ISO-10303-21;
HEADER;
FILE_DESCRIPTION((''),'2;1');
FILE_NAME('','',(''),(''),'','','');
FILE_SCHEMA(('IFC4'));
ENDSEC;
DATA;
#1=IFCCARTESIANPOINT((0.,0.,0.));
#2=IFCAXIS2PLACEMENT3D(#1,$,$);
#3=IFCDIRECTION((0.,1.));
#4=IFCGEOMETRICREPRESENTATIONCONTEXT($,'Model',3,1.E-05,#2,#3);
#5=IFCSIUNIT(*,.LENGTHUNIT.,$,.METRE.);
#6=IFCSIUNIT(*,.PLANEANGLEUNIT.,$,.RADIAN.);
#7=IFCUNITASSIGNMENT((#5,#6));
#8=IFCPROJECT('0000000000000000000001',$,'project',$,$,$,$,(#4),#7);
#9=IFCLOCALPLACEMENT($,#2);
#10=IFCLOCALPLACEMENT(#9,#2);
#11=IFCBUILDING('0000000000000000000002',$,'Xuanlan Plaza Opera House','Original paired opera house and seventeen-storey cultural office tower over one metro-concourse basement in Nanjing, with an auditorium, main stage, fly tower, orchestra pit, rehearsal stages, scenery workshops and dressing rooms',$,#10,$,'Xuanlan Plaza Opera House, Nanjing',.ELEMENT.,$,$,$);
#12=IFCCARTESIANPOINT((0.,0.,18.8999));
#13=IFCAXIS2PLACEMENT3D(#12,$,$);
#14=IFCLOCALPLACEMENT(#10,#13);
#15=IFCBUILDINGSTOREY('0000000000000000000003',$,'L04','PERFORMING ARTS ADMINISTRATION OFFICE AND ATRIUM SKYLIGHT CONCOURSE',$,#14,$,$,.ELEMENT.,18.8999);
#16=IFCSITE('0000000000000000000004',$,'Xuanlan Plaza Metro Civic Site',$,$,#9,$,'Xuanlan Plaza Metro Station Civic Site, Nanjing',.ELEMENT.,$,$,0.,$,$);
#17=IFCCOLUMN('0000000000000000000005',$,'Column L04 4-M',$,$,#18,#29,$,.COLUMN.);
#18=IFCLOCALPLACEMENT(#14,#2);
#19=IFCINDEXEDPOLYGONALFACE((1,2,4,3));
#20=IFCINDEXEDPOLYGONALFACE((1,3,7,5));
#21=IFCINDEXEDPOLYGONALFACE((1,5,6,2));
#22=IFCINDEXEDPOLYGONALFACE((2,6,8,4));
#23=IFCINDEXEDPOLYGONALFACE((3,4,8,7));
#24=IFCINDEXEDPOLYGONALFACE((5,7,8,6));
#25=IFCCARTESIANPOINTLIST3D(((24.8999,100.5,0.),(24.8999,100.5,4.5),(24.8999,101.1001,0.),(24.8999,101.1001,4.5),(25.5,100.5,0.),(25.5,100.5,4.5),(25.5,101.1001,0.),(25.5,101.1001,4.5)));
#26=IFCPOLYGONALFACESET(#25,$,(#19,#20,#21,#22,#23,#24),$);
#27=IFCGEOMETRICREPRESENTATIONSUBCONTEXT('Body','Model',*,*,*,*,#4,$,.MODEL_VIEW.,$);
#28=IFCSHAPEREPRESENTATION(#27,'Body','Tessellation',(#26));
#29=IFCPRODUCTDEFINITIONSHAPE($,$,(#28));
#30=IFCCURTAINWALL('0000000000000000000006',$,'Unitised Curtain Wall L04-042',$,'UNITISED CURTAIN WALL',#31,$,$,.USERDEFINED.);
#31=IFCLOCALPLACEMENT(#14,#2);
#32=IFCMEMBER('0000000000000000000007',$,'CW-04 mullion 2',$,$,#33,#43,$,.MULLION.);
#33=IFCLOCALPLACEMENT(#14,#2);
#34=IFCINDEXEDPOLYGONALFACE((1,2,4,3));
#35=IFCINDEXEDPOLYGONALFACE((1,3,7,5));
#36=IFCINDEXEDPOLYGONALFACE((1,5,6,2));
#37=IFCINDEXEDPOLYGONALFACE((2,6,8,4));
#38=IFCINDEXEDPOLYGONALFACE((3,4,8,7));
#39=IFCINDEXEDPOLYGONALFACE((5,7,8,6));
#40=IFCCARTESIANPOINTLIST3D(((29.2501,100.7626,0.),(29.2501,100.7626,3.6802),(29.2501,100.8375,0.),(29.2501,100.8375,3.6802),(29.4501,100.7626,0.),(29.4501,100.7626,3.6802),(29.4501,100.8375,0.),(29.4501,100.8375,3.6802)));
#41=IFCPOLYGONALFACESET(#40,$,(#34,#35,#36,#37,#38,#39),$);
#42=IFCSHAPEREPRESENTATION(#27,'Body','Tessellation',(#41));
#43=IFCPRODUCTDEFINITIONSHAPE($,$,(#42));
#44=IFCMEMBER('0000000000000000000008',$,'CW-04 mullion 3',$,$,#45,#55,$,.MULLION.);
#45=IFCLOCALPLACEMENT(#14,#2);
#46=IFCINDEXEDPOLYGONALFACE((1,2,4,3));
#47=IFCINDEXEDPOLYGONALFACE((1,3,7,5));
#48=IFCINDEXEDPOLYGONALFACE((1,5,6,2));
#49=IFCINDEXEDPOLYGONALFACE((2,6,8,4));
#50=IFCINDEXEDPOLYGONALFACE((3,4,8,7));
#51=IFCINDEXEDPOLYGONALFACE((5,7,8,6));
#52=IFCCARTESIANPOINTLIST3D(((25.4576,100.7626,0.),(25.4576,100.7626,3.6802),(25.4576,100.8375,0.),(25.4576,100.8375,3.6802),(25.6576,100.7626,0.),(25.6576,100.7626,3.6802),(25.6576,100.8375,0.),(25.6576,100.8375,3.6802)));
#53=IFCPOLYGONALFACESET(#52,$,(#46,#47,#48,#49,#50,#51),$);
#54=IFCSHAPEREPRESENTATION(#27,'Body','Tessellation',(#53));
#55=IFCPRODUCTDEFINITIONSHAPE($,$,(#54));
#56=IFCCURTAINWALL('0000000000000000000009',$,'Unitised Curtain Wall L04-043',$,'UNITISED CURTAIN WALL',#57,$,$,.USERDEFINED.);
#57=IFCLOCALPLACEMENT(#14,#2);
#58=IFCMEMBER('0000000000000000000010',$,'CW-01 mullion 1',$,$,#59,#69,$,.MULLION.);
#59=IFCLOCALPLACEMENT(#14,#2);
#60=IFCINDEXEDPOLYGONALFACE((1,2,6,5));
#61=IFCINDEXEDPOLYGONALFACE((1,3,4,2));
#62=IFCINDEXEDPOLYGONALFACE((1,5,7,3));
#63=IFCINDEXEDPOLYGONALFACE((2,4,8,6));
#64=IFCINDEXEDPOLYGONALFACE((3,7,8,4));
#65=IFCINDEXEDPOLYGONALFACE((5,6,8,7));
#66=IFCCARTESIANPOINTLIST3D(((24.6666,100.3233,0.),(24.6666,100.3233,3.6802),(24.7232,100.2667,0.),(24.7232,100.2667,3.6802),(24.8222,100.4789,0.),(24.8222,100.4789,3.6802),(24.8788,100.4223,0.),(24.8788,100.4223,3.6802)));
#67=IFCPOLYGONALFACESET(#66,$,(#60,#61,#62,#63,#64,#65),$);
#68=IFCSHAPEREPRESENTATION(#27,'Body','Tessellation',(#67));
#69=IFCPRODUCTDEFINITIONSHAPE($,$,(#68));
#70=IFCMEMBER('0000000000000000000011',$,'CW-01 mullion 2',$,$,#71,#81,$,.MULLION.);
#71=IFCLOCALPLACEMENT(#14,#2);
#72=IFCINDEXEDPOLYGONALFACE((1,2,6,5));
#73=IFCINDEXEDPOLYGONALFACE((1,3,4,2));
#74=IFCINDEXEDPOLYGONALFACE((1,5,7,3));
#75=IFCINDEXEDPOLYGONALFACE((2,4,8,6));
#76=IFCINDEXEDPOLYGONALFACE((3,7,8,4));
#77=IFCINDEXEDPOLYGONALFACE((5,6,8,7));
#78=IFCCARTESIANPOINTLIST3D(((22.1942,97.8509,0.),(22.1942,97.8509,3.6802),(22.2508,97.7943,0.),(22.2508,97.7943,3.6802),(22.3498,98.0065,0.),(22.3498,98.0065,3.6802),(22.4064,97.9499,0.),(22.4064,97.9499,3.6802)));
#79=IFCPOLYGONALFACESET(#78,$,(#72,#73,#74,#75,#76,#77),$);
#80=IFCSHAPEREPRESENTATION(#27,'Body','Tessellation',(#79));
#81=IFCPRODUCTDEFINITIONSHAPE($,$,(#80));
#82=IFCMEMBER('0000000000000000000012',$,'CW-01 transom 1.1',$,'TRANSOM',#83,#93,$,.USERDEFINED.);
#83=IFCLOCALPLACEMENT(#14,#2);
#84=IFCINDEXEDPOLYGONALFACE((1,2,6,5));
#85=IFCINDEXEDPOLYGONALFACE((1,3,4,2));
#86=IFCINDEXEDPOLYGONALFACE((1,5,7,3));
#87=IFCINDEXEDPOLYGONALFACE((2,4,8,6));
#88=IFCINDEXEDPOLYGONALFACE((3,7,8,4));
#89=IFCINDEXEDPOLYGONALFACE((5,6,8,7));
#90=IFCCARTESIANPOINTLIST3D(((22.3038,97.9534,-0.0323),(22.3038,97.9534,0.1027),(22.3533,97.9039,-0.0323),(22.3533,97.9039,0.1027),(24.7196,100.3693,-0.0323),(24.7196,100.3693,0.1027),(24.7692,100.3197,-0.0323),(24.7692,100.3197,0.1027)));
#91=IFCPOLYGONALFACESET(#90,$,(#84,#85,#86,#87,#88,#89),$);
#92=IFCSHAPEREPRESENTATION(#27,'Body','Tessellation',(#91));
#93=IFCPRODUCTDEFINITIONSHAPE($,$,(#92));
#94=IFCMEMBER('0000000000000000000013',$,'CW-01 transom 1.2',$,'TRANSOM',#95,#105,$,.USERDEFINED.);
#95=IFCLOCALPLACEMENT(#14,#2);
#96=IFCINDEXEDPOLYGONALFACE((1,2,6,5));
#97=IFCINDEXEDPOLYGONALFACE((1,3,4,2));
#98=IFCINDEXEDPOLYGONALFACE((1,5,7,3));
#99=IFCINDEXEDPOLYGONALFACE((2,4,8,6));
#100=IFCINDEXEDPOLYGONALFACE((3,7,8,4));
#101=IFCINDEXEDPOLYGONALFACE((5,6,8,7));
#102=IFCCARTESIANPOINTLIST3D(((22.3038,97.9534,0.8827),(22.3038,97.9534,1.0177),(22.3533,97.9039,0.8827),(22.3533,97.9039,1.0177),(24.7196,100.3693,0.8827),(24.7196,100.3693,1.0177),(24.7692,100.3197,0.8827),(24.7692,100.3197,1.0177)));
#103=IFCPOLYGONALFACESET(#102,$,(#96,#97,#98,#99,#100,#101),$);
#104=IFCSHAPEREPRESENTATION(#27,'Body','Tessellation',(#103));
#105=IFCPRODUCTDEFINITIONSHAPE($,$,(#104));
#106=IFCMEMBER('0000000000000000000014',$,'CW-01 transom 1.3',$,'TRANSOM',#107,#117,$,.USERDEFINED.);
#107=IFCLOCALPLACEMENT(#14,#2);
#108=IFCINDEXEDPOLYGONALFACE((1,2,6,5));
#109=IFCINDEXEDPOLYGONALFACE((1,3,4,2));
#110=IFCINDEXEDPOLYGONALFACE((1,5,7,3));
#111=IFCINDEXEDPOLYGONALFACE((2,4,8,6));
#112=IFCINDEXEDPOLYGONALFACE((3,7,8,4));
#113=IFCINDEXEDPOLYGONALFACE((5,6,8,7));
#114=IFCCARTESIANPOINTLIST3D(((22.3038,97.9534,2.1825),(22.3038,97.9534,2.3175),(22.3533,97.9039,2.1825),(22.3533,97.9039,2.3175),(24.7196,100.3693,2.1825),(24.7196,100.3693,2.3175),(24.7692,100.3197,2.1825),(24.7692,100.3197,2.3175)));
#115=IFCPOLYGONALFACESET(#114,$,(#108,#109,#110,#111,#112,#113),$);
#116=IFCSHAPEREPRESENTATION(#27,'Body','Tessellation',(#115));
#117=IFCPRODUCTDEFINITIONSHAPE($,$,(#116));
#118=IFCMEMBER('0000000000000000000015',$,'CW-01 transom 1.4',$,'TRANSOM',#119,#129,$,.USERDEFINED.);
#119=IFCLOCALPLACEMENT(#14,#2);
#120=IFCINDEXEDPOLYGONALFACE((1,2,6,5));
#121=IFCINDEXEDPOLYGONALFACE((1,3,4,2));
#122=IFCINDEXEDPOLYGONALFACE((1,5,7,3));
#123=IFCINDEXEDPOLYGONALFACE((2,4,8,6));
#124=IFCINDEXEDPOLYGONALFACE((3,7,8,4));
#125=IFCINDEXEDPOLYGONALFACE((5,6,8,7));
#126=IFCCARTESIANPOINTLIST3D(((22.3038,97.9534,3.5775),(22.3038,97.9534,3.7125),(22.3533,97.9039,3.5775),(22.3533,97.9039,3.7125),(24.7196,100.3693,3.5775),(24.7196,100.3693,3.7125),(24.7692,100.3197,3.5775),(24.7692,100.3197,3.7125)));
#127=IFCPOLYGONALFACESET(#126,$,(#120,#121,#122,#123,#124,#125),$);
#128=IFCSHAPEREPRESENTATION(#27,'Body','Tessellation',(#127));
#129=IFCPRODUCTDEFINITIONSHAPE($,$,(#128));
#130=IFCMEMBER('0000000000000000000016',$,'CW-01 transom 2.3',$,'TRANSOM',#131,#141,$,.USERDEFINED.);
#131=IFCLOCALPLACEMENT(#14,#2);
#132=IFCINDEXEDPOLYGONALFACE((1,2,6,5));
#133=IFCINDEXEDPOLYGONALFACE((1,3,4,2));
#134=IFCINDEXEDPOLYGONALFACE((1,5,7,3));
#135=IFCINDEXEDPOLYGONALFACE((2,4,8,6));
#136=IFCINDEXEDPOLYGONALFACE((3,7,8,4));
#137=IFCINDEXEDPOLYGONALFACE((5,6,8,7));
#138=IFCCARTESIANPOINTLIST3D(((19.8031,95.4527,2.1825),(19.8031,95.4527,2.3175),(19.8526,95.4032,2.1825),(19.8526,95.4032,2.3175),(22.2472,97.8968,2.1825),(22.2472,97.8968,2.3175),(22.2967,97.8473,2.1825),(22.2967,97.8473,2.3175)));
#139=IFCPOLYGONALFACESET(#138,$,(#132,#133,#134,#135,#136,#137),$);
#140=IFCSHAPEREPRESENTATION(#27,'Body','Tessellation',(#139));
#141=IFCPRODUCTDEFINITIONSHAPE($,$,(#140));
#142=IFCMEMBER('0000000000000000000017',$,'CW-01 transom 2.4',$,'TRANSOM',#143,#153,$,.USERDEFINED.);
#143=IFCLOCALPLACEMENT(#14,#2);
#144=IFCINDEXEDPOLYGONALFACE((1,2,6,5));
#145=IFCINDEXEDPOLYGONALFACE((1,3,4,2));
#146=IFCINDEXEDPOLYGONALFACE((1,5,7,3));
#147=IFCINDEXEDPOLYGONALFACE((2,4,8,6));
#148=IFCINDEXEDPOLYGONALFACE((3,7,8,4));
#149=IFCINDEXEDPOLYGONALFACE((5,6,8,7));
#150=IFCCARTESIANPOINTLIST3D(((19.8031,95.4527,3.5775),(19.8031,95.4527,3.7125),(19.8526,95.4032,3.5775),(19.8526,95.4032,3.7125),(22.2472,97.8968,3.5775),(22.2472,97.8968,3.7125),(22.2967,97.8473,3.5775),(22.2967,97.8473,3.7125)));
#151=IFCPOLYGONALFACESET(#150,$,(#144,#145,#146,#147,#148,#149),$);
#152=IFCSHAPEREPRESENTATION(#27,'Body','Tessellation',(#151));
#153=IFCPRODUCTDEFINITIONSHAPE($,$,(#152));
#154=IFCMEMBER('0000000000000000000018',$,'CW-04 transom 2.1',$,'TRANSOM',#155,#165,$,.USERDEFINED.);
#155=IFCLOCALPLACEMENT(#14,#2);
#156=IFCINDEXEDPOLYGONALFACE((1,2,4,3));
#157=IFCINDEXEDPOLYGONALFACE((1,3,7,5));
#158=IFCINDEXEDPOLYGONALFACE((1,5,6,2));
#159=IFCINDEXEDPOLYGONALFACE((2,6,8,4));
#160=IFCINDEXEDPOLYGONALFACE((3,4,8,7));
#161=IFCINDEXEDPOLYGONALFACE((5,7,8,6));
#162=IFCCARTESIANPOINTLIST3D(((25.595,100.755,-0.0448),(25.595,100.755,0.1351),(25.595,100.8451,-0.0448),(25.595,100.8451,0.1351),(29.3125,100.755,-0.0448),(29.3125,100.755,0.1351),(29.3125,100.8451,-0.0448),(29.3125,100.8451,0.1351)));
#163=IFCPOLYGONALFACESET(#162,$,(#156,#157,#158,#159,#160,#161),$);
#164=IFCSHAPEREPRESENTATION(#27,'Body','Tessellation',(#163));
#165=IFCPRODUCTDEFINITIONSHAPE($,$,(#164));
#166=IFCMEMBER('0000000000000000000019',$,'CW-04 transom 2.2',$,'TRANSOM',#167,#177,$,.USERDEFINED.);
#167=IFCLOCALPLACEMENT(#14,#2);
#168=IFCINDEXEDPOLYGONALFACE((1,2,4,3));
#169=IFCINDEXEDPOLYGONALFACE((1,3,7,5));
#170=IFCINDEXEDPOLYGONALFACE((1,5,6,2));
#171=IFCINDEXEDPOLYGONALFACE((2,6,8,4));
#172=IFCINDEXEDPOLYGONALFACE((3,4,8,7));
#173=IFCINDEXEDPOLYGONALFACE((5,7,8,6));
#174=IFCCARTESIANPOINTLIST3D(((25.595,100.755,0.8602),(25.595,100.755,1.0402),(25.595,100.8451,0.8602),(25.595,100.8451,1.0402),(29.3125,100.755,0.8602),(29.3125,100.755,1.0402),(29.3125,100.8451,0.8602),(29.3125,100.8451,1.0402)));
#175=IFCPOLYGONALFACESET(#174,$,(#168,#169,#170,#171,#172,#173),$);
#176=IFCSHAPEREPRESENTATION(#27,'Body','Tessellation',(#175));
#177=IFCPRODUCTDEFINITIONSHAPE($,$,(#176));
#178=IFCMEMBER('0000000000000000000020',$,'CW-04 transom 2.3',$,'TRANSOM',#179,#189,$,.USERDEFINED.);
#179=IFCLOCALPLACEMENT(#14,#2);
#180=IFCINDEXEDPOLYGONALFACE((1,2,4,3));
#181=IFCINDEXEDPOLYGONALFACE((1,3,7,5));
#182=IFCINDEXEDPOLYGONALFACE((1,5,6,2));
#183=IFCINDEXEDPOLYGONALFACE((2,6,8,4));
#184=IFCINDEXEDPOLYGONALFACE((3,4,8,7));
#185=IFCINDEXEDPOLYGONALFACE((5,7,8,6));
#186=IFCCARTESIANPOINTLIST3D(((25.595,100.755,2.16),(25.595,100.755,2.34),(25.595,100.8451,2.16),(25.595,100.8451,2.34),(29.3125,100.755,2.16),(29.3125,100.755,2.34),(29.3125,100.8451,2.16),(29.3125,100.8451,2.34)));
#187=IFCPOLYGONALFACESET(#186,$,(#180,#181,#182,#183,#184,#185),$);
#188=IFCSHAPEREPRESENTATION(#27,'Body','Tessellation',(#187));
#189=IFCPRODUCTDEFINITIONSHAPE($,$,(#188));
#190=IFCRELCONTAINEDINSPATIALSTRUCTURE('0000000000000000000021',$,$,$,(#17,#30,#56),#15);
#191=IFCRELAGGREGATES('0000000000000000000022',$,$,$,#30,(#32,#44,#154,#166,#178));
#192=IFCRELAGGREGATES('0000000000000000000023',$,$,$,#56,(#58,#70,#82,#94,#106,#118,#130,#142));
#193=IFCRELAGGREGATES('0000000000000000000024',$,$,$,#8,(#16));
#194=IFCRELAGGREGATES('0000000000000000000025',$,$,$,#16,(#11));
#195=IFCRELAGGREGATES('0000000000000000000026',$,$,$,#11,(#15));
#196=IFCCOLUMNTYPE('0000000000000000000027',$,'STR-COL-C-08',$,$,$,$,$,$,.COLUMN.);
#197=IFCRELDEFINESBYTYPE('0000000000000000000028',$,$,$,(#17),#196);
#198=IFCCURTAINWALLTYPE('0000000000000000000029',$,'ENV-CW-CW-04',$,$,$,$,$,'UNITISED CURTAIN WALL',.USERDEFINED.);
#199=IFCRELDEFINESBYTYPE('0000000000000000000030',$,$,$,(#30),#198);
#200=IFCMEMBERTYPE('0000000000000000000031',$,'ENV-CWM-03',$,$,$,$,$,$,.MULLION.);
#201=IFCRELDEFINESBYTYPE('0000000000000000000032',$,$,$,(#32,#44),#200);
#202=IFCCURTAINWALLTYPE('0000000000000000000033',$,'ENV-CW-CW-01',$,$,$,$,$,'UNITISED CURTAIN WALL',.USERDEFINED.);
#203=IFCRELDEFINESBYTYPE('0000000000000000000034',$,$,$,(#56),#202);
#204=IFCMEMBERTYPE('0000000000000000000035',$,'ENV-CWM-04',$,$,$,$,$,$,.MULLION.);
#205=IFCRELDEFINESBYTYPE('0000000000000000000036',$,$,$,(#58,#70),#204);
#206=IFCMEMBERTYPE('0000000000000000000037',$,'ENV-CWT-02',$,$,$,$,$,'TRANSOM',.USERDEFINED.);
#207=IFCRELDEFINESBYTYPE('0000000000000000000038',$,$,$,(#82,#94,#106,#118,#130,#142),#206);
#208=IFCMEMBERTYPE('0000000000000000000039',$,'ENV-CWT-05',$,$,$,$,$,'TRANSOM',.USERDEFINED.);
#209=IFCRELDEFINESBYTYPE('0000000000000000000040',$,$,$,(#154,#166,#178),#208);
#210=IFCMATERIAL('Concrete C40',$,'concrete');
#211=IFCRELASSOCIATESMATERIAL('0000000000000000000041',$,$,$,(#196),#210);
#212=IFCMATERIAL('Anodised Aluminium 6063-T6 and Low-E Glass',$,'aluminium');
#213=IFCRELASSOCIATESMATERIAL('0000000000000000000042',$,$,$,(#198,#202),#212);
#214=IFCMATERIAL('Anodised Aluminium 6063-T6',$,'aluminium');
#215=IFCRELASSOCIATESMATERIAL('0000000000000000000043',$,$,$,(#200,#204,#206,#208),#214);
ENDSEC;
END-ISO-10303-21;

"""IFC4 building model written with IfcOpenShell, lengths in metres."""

from ifc_helpers import new_model, si_unit, direction, frame, origin, origin_2d, place, context, subcontext, project, spatial, rectangle, extrude, material, material_profile, profile_set, type_object, element, aggregate, save


model = new_model("IFC4")

# Units and contexts
model_context = context("Model", 3, precision=1e-05, world=origin(), true_north=direction((0.0, 1.0)))
body_context = subcontext(model_context, "Body", "Model", "MODEL_VIEW")
ifc_project = project(units=[si_unit("LENGTHUNIT", "METRE"), si_unit("PLANEANGLEUNIT", "RADIAN")], contexts=[model_context])

# Site, building, storey
site_placement = place(None, origin())
site = spatial("IfcSite", under=ifc_project, at=site_placement, Name="Xuanlan Plaza Metro Civic Site", LongName="Xuanlan Plaza Metro Station Civic Site, Nanjing", CompositionType="ELEMENT", RefElevation=0.0)
building_placement = place(site_placement, origin())
building = spatial("IfcBuilding", under=site, at=building_placement, Name="Xuanlan Plaza Opera House", Description="Original paired opera house and seventeen-storey cultural office tower over one metro-concourse basement in Nanjing, with an auditorium, main stage, fly tower, orchestra pit, rehearsal stages, scenery workshops and dressing rooms", LongName="Xuanlan Plaza Opera House, Nanjing", CompositionType="ELEMENT")
storey_placement = place(building_placement, frame((0.0, 0.0, 18.8999)))
storey = spatial("IfcBuildingStorey", under=building, at=storey_placement, Name="L04", Description="PERFORMING ARTS ADMINISTRATION OFFICE AND ATRIUM SKYLIGHT CONCOURSE", CompositionType="ELEMENT", Elevation=18.8999)

# Column
ifc_material_1 = material(Name="Concrete C40", Category="concrete")
ifc_material_profile_1 = material_profile(ifc_material_1, rectangle(XDim=0.6001, YDim=0.6001, at=origin_2d()), Name="RC-COL 600x600")
ifc_profile_set_1 = profile_set([ifc_material_profile_1], Name="Concrete C40")
column_type = type_object("IfcColumnType", Name="STR-COL-C-08", PredefinedType="COLUMN", material=ifc_profile_set_1)
column_placement = place(storey_placement, frame((25.2, 100.8, 0.0), z_axis=(0.0, 0.0, 1.0), x_axis=(1.0, 0.0, 0.0)))
element("IfcColumn", 1, at=column_placement, inside=storey, type_object=column_type, Name="Column L04 4-M", PredefinedType="COLUMN", context=body_context, shape_type="SweptSolid", body=[
    extrude(rectangle(XDim=0.6001, YDim=0.6001, at=origin_2d()), origin(), (0.0, 0.0, 1.0), 4.5),
])

# Curtain walls, members
ifc_material_2 = material(Name="Anodised Aluminium 6063-T6 and Low-E Glass", Category="aluminium")
curtain_wall_type_1 = type_object("IfcCurtainWallType", Name="ENV-CW-CW-04", ElementType="UNITISED CURTAIN WALL", PredefinedType="USERDEFINED", material=ifc_material_2)
curtain_wall_1_placement = place(storey_placement, origin())
curtain_wall_1 = element("IfcCurtainWall", 2, at=curtain_wall_1_placement, inside=storey, type_object=curtain_wall_type_1, Name="Unitised Curtain Wall L04-042", ObjectType="UNITISED CURTAIN WALL", PredefinedType="USERDEFINED")
ifc_material_3 = material(Name="Anodised Aluminium 6063-T6", Category="aluminium")
ifc_material_profile_2 = material_profile(ifc_material_3, rectangle(XDim=0.075, YDim=0.2, at=origin_2d()), Name="ALU-M 75x200")
ifc_profile_set_2 = profile_set([ifc_material_profile_2], Name="Anodised Aluminium 6063-T6")
member_type_1 = type_object("IfcMemberType", Name="ENV-CWM-03", PredefinedType="MULLION", material=ifc_profile_set_2)
member_1_placement = place(storey_placement, frame((29.3501, 100.8, 0.0), z_axis=(0.0, 0.0, 1.0), x_axis=(0.0, -1.0, 0.0)))
member_1 = element("IfcMember", 3, at=member_1_placement, type_object=member_type_1, Name="CW-04 mullion 2", PredefinedType="MULLION", context=body_context, shape_type="SweptSolid", body=[
    extrude(rectangle(XDim=0.075, YDim=0.2, at=origin_2d()), origin(), (0.0, 0.0, 1.0), 3.6802),
])
member_2_placement = place(storey_placement, frame((25.5576, 100.8, 0.0), z_axis=(0.0, 0.0, 1.0), x_axis=(0.0, -1.0, 0.0)))
member_2 = element("IfcMember", 4, at=member_2_placement, type_object=member_type_1, Name="CW-04 mullion 3", PredefinedType="MULLION", context=body_context, shape_type="SweptSolid", body=[
    extrude(rectangle(XDim=0.075, YDim=0.2, at=origin_2d()), origin(), (0.0, 0.0, 1.0), 3.6802),
])
curtain_wall_type_2 = type_object("IfcCurtainWallType", Name="ENV-CW-CW-01", ElementType="UNITISED CURTAIN WALL", PredefinedType="USERDEFINED", material=ifc_material_2)
curtain_wall_2_placement = place(storey_placement, origin())
curtain_wall_2 = element("IfcCurtainWall", 5, at=curtain_wall_2_placement, inside=storey, type_object=curtain_wall_type_2, Name="Unitised Curtain Wall L04-043", ObjectType="UNITISED CURTAIN WALL", PredefinedType="USERDEFINED")
ifc_material_profile_3 = material_profile(ifc_material_3, rectangle(XDim=0.0801, YDim=0.22, at=origin_2d()), Name="ALU-M 80x220")
ifc_profile_set_3 = profile_set([ifc_material_profile_3], Name="Anodised Aluminium 6063-T6")
member_type_2 = type_object("IfcMemberType", Name="ENV-CWM-04", PredefinedType="MULLION", material=ifc_profile_set_3)
member_3_placement = place(storey_placement, frame((24.7727, 100.3728, 0.0), z_axis=(0.0, 0.0, 1.0), x_axis=(0.707107, -0.707107, 0.0)))
member_3 = element("IfcMember", 6, at=member_3_placement, type_object=member_type_2, Name="CW-01 mullion 1", PredefinedType="MULLION", context=body_context, shape_type="SweptSolid", body=[
    extrude(rectangle(XDim=0.0801, YDim=0.22, at=origin_2d()), origin(), (0.0, 0.0, 1.0), 3.6802),
])
member_4_placement = place(storey_placement, frame((22.3003, 97.9004, 0.0), z_axis=(0.0, 0.0, 1.0), x_axis=(0.707107, -0.707107, 0.0)))
member_4 = element("IfcMember", 7, at=member_4_placement, type_object=member_type_2, Name="CW-01 mullion 2", PredefinedType="MULLION", context=body_context, shape_type="SweptSolid", body=[
    extrude(rectangle(XDim=0.0801, YDim=0.22, at=origin_2d()), origin(), (0.0, 0.0, 1.0), 3.6802),
])
ifc_material_profile_4 = material_profile(ifc_material_3, rectangle(XDim=0.0701, YDim=0.135, at=origin_2d()), Name="ALU-T 70x135")
ifc_profile_set_4 = profile_set([ifc_material_profile_4], Name="Anodised Aluminium 6063-T6")
member_type_3 = type_object("IfcMemberType", Name="ENV-CWT-02", ElementType="TRANSOM", PredefinedType="USERDEFINED", material=ifc_profile_set_4)
member_5_placement = place(storey_placement, frame((24.7444, 100.3445, 0.0352), z_axis=(-0.707107, -0.707107, 0.0), x_axis=(0.707107, -0.707107, 0.0)))
member_5 = element("IfcMember", 8, at=member_5_placement, type_object=member_type_3, Name="CW-01 transom 1.1", ObjectType="TRANSOM", PredefinedType="USERDEFINED", context=body_context, shape_type="SweptSolid", body=[
    extrude(rectangle(XDim=0.0701, YDim=0.135, at=origin_2d()), origin(), (0.0, 0.0, 1.0), 3.4165),
])
member_6_placement = place(storey_placement, frame((24.7444, 100.3445, 0.9502), z_axis=(-0.707107, -0.707107, 0.0), x_axis=(0.707107, -0.707107, 0.0)))
member_6 = element("IfcMember", 9, at=member_6_placement, type_object=member_type_3, Name="CW-01 transom 1.2", ObjectType="TRANSOM", PredefinedType="USERDEFINED", context=body_context, shape_type="SweptSolid", body=[
    extrude(rectangle(XDim=0.0701, YDim=0.135, at=origin_2d()), origin(), (0.0, 0.0, 1.0), 3.4165),
])
member_7_placement = place(storey_placement, frame((24.7444, 100.3445, 2.25), z_axis=(-0.707107, -0.707107, 0.0), x_axis=(0.707107, -0.707107, 0.0)))
member_7 = element("IfcMember", 10, at=member_7_placement, type_object=member_type_3, Name="CW-01 transom 1.3", ObjectType="TRANSOM", PredefinedType="USERDEFINED", context=body_context, shape_type="SweptSolid", body=[
    extrude(rectangle(XDim=0.0701, YDim=0.135, at=origin_2d()), origin(), (0.0, 0.0, 1.0), 3.4165),
])
member_8_placement = place(storey_placement, frame((24.7444, 100.3445, 3.645), z_axis=(-0.707107, -0.707107, 0.0), x_axis=(0.707107, -0.707107, 0.0)))
member_8 = element("IfcMember", 11, at=member_8_placement, type_object=member_type_3, Name="CW-01 transom 1.4", ObjectType="TRANSOM", PredefinedType="USERDEFINED", context=body_context, shape_type="SweptSolid", body=[
    extrude(rectangle(XDim=0.0701, YDim=0.135, at=origin_2d()), origin(), (0.0, 0.0, 1.0), 3.4165),
])
member_9_placement = place(storey_placement, frame((22.272, 97.8721, 2.25), z_axis=(-0.707107, -0.707107, 0.0), x_axis=(0.707107, -0.707107, 0.0)))
member_9 = element("IfcMember", 12, at=member_9_placement, type_object=member_type_3, Name="CW-01 transom 2.3", ObjectType="TRANSOM", PredefinedType="USERDEFINED", context=body_context, shape_type="SweptSolid", body=[
    extrude(rectangle(XDim=0.0701, YDim=0.135, at=origin_2d()), origin(), (0.0, 0.0, 1.0), 3.4565),
])
member_10_placement = place(storey_placement, frame((22.272, 97.8721, 3.645), z_axis=(-0.707107, -0.707107, 0.0), x_axis=(0.707107, -0.707107, 0.0)))
member_10 = element("IfcMember", 13, at=member_10_placement, type_object=member_type_3, Name="CW-01 transom 2.4", ObjectType="TRANSOM", PredefinedType="USERDEFINED", context=body_context, shape_type="SweptSolid", body=[
    extrude(rectangle(XDim=0.0701, YDim=0.135, at=origin_2d()), origin(), (0.0, 0.0, 1.0), 3.4565),
])

# Members
ifc_material_profile_5 = material_profile(ifc_material_3, rectangle(XDim=0.0901, YDim=0.1799, at=origin_2d()), Name="ALU-T 90x180")
ifc_profile_set_5 = profile_set([ifc_material_profile_5], Name="Anodised Aluminium 6063-T6")
member_type_4 = type_object("IfcMemberType", Name="ENV-CWT-05", ElementType="TRANSOM", PredefinedType="USERDEFINED", material=ifc_profile_set_5)
member_11_placement = place(storey_placement, frame((29.3125, 100.8, 0.0452), z_axis=(-1.0, 0.0, 0.0), x_axis=(0.0, -1.0, 0.0)))
member_11 = element("IfcMember", 14, at=member_11_placement, type_object=member_type_4, Name="CW-04 transom 2.1", ObjectType="TRANSOM", PredefinedType="USERDEFINED", context=body_context, shape_type="SweptSolid", body=[
    extrude(rectangle(XDim=0.0901, YDim=0.1799, at=origin_2d()), origin(), (0.0, 0.0, 1.0), 3.7175),
])
member_12_placement = place(storey_placement, frame((29.3125, 100.8, 0.9502), z_axis=(-1.0, 0.0, 0.0), x_axis=(0.0, -1.0, 0.0)))
member_12 = element("IfcMember", 15, at=member_12_placement, type_object=member_type_4, Name="CW-04 transom 2.2", ObjectType="TRANSOM", PredefinedType="USERDEFINED", context=body_context, shape_type="SweptSolid", body=[
    extrude(rectangle(XDim=0.0901, YDim=0.1799, at=origin_2d()), origin(), (0.0, 0.0, 1.0), 3.7175),
])
member_13_placement = place(storey_placement, frame((29.3125, 100.8, 2.25), z_axis=(-1.0, 0.0, 0.0), x_axis=(0.0, -1.0, 0.0)))
member_13 = element("IfcMember", 16, at=member_13_placement, type_object=member_type_4, Name="CW-04 transom 2.3", ObjectType="TRANSOM", PredefinedType="USERDEFINED", context=body_context, shape_type="SweptSolid", body=[
    extrude(rectangle(XDim=0.0901, YDim=0.1799, at=origin_2d()), origin(), (0.0, 0.0, 1.0), 3.7175),
])

aggregate(curtain_wall_1, [member_1, member_2, member_11, member_12, member_13])
aggregate(curtain_wall_2, [member_3, member_4, member_5, member_6, member_7, member_8, member_9, member_10])

save(model, "model.ifc")
